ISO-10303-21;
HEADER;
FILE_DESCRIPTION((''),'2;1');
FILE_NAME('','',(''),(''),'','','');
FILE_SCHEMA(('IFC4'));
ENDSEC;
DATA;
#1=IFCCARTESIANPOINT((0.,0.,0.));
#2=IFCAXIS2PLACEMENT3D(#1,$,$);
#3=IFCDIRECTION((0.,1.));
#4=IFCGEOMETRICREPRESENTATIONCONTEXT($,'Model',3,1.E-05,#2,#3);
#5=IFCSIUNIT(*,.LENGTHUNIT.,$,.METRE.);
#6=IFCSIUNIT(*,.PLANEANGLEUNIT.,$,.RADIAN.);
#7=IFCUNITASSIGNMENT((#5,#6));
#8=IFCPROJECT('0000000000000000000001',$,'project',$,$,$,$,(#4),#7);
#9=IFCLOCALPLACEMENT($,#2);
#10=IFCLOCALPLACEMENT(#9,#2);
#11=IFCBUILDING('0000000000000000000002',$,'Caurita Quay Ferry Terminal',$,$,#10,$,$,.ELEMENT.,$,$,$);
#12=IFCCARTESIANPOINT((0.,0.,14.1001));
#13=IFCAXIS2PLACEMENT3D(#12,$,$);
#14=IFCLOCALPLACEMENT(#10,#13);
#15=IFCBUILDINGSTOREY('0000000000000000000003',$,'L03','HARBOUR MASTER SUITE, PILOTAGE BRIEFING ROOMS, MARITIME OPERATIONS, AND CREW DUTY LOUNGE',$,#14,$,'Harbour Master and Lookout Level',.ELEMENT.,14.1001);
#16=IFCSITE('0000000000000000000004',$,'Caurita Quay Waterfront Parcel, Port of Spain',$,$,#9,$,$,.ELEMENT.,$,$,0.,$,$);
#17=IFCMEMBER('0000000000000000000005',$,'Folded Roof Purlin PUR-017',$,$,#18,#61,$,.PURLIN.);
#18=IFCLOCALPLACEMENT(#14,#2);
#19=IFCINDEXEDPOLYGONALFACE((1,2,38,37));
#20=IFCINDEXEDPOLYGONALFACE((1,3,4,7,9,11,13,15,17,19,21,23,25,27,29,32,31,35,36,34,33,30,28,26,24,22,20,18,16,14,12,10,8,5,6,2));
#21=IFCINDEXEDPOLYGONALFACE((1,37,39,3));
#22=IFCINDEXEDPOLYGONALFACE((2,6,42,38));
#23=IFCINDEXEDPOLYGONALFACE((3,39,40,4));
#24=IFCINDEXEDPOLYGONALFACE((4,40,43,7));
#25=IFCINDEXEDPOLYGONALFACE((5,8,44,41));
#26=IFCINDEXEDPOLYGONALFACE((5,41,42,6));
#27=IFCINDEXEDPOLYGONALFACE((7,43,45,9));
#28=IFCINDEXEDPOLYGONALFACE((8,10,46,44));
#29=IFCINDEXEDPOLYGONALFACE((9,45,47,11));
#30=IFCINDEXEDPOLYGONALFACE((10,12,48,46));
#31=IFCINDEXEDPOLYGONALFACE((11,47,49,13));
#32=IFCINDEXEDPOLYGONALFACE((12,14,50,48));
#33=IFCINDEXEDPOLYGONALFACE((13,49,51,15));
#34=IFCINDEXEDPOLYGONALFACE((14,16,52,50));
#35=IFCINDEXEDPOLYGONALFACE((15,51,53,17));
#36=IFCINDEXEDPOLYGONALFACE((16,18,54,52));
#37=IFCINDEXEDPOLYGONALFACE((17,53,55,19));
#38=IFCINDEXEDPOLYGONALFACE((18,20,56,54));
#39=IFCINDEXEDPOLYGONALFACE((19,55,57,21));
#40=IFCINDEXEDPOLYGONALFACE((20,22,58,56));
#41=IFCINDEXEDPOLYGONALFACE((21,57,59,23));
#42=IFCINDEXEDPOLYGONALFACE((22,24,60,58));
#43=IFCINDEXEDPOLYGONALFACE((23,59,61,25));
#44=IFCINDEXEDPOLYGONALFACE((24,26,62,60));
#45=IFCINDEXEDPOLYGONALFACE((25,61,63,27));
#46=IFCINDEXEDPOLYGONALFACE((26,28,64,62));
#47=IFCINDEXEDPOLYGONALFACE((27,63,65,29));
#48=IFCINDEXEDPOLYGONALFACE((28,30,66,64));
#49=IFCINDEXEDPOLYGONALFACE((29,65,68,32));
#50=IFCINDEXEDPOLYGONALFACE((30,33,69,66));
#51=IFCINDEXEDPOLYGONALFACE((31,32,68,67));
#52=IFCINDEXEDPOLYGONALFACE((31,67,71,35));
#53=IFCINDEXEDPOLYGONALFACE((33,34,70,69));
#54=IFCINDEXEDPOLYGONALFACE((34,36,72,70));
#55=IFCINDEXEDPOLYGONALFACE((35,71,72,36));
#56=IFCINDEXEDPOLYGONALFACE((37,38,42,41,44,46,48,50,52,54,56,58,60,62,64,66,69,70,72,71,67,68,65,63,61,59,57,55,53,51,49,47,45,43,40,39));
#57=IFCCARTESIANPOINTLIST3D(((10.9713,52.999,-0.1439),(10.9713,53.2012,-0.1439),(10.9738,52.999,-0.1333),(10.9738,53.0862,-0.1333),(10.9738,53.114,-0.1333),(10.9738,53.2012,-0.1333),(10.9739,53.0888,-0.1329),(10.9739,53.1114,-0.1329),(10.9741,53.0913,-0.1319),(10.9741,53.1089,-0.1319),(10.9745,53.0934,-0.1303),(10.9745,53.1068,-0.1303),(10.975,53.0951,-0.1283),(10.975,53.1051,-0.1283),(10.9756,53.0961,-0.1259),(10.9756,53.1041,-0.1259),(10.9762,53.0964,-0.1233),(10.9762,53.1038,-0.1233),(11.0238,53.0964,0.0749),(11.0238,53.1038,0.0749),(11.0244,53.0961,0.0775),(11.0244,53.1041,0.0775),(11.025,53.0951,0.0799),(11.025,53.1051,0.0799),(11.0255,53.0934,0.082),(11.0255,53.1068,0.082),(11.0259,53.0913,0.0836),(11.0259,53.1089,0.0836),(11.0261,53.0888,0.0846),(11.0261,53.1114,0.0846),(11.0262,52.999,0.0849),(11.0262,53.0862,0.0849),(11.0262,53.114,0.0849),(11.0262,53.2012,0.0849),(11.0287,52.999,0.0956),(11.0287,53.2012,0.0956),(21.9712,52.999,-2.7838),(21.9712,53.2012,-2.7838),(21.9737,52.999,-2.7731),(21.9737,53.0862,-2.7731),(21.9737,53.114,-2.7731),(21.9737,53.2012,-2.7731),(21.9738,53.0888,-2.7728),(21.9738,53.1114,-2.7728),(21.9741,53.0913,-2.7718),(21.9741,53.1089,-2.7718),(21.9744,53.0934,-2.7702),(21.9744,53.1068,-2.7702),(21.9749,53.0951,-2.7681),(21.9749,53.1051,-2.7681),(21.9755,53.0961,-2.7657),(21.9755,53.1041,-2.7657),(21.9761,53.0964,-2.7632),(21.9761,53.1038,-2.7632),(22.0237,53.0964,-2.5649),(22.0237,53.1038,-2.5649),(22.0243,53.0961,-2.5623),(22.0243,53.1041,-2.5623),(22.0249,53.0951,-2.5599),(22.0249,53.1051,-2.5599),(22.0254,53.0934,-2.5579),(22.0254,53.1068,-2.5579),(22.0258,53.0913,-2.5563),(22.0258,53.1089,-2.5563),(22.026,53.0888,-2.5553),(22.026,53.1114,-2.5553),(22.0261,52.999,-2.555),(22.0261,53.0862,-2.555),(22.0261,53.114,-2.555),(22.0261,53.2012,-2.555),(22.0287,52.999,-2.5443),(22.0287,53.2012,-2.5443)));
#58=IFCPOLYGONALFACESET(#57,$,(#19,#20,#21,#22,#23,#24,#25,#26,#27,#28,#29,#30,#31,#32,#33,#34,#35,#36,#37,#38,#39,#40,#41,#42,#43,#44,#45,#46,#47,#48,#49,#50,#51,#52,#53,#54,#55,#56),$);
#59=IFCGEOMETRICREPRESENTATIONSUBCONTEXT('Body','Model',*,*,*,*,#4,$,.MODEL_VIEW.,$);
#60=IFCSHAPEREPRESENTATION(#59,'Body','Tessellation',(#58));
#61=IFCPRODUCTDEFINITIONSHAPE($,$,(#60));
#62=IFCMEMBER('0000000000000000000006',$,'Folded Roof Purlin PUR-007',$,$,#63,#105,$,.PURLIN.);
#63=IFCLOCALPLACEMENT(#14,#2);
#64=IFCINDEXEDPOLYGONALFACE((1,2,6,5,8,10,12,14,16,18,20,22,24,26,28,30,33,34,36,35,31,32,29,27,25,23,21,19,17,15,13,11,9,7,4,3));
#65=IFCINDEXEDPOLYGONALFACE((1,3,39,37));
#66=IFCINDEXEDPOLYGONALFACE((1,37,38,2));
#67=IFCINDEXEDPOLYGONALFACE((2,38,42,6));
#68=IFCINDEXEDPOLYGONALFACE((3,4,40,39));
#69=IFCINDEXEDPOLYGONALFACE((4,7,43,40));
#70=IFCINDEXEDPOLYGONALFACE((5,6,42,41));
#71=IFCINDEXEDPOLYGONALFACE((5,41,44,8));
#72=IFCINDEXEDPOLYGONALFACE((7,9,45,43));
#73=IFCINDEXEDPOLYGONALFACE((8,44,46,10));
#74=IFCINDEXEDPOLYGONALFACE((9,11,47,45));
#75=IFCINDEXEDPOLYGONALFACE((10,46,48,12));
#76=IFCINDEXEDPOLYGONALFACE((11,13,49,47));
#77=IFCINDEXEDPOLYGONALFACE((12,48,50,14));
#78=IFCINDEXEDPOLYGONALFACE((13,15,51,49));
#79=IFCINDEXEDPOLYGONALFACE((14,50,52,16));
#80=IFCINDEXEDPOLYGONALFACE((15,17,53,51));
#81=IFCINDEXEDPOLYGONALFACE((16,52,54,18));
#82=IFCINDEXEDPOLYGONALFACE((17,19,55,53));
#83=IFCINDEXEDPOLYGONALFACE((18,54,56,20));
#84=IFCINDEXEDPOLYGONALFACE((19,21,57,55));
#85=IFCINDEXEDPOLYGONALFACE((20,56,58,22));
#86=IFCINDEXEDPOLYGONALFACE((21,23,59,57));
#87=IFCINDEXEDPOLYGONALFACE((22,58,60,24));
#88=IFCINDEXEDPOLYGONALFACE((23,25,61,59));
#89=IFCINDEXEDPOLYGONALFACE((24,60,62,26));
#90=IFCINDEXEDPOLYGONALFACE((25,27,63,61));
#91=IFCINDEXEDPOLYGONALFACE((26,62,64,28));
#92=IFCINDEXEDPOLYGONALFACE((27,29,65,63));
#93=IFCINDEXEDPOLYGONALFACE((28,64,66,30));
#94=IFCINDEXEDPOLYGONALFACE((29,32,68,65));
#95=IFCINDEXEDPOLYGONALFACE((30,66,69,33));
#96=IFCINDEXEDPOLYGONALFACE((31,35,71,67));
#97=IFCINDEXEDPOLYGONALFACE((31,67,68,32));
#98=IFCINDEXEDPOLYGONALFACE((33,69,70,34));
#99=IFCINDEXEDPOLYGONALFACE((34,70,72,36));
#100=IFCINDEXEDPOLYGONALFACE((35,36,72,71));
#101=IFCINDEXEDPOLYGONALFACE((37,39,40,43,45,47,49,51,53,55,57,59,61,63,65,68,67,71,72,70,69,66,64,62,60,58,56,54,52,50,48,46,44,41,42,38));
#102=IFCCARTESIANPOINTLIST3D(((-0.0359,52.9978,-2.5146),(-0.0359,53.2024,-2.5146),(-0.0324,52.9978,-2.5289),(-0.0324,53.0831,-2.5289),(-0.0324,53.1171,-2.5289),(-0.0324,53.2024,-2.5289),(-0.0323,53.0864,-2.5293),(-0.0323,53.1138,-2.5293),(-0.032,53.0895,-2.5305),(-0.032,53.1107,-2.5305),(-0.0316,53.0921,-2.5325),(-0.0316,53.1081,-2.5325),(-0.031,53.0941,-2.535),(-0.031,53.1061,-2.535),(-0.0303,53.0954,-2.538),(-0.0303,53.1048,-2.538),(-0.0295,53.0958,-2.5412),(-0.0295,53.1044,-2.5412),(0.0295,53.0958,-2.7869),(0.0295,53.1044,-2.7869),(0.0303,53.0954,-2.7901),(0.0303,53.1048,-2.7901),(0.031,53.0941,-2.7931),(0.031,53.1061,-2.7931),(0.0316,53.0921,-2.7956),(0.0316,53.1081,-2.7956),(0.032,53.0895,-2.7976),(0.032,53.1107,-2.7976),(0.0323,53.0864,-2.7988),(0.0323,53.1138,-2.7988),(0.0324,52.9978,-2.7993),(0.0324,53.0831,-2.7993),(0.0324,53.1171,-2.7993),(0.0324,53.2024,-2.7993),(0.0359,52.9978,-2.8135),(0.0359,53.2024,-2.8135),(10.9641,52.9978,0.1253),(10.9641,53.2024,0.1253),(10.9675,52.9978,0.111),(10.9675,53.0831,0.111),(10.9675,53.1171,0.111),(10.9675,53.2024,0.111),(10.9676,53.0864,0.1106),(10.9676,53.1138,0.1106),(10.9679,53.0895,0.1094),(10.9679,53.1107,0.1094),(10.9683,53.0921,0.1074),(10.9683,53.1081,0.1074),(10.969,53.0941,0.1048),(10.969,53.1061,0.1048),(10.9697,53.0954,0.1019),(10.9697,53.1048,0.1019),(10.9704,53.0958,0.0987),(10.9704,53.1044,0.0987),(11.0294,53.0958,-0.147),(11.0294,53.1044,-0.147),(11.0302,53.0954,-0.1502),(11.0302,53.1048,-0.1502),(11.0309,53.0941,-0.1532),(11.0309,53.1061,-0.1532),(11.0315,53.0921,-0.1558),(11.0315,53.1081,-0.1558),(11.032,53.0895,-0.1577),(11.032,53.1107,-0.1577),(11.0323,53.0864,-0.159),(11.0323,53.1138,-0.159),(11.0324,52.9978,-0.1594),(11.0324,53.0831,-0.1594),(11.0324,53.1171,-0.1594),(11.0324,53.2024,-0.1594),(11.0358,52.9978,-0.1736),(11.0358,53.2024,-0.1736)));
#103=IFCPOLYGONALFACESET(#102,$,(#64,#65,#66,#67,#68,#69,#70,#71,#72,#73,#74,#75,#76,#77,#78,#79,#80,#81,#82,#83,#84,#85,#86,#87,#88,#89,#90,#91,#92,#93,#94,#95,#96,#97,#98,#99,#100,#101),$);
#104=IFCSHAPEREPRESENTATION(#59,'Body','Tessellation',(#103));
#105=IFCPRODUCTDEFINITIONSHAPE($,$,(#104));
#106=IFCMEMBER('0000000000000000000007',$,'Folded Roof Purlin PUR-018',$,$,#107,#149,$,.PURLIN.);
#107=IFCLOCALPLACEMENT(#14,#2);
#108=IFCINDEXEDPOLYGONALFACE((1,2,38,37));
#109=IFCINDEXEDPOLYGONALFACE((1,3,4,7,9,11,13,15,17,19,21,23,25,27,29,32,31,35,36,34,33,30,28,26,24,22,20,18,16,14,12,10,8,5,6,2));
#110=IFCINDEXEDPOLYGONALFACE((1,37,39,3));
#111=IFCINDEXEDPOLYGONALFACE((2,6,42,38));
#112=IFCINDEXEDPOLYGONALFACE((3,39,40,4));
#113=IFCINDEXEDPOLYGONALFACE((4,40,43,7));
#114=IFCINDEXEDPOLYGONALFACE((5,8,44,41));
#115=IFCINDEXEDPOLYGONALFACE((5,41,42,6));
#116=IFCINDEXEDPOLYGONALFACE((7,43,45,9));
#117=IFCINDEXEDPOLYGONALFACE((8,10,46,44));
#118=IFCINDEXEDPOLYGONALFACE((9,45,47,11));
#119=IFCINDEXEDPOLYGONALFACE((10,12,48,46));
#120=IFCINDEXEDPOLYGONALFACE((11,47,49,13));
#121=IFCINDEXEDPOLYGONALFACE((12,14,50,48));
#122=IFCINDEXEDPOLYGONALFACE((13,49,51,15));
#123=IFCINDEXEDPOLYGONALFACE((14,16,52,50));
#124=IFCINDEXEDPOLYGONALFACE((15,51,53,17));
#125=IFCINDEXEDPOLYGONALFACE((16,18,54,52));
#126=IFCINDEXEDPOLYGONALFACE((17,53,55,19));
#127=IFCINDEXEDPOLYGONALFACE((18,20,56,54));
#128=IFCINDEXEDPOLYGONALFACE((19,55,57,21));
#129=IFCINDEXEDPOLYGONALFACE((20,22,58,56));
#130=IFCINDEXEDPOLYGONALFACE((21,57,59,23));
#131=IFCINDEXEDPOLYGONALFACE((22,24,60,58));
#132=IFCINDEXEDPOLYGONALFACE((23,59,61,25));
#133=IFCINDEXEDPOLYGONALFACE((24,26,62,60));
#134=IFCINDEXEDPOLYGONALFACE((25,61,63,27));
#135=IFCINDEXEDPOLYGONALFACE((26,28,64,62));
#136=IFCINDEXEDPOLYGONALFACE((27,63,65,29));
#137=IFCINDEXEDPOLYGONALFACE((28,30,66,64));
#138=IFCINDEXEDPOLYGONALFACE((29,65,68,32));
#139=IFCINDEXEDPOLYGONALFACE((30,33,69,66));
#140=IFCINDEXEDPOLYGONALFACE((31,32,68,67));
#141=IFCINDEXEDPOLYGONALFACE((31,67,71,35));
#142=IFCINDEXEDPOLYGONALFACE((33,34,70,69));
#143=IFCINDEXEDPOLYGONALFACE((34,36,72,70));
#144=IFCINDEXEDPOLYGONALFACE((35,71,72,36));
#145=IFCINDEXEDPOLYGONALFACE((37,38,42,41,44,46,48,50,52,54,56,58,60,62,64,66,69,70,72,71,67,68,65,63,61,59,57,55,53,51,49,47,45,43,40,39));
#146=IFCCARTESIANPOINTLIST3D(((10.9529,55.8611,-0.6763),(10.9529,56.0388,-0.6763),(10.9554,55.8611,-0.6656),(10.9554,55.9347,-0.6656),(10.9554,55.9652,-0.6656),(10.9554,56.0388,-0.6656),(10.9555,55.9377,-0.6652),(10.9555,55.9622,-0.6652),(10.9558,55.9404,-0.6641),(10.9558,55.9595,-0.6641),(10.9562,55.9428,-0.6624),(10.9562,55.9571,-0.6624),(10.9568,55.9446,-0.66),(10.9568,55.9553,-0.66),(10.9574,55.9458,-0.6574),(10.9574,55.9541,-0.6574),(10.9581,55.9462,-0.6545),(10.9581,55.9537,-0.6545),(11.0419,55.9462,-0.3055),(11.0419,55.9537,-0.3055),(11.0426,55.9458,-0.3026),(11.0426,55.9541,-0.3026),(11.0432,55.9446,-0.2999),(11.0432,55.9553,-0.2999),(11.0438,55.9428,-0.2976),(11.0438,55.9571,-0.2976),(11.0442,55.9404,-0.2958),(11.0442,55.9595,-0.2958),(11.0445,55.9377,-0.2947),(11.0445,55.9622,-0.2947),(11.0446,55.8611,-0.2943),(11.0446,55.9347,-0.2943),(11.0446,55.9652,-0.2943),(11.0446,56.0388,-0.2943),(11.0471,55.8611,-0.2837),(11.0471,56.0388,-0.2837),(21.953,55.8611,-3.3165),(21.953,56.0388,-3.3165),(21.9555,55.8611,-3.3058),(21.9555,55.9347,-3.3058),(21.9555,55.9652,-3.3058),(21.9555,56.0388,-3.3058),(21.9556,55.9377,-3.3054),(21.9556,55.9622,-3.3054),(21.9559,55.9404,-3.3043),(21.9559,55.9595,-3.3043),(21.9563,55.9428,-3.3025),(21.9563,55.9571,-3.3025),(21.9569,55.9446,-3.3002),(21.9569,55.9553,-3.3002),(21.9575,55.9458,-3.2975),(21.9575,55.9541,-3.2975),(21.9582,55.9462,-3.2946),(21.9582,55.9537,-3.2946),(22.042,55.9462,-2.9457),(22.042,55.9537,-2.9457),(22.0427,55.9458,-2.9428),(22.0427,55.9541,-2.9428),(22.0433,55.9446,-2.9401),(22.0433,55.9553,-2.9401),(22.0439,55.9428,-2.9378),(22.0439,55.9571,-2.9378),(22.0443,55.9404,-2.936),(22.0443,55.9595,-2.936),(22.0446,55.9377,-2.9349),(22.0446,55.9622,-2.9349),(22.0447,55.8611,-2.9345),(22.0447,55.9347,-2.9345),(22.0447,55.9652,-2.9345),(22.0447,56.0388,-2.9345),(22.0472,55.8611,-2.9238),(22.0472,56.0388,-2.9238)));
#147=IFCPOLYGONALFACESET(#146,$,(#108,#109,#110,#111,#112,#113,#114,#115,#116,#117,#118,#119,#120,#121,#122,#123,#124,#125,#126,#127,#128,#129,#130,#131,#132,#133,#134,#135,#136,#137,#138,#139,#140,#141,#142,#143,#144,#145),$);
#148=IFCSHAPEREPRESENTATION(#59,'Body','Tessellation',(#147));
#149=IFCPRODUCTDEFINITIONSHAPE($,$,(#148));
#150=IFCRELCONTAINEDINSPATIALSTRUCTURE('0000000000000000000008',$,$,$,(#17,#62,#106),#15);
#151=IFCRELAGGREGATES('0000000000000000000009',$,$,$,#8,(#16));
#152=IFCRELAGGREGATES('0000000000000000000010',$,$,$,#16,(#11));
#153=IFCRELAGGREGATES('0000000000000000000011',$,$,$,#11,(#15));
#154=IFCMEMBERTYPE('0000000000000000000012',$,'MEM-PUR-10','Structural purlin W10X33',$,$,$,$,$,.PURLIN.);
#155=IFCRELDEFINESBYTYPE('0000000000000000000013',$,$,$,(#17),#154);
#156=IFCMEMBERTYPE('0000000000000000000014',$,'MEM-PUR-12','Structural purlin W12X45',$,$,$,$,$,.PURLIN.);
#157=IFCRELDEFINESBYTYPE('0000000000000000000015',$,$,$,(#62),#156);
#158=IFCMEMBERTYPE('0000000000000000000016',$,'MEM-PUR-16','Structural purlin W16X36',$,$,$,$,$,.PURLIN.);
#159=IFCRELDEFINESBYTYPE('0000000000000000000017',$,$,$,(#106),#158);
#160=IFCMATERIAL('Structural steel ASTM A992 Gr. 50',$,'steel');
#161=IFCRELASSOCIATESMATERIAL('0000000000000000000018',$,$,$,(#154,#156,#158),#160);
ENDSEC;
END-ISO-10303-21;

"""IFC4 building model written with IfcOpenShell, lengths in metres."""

from ifc_helpers import new_model, si_unit, direction, frame, origin, origin_2d, place, context, subcontext, project, spatial, i_section, extrude, material, material_profile, profile_set, type_object, element, save


model = new_model("IFC4")

# Units and contexts
model_context = context("Model", 3, precision=1e-05, world=origin(), true_north=direction((0.0, 1.0)))
body_context = subcontext(model_context, "Body", "Model", "MODEL_VIEW")
ifc_project = project(units=[si_unit("LENGTHUNIT", "METRE"), si_unit("PLANEANGLEUNIT", "RADIAN")], contexts=[model_context])

# Site, building, storey
site_placement = place(None, origin())
site = spatial("IfcSite", under=ifc_project, at=site_placement, Name="Caurita Quay Waterfront Parcel, Port of Spain", CompositionType="ELEMENT", RefElevation=0.0)
building_placement = place(site_placement, origin())
building = spatial("IfcBuilding", under=site, at=building_placement, Name="Caurita Quay Ferry Terminal", CompositionType="ELEMENT")
storey_placement = place(building_placement, frame((0.0, 0.0, 14.1001)))
storey = spatial("IfcBuildingStorey", under=building, at=storey_placement, Name="L03", Description="HARBOUR MASTER SUITE, PILOTAGE BRIEFING ROOMS, MARITIME OPERATIONS, AND CREW DUTY LOUNGE", LongName="Harbour Master and Lookout Level", CompositionType="ELEMENT", Elevation=14.1001)

# Shared definitions
ifc_material_1 = material(Name="Structural steel ASTM A992 Gr. 50", Category="steel")

# Members
ifc_material_profile_1 = material_profile(ifc_material_1, i_section(OverallWidth=0.2021, OverallDepth=0.2463, WebThickness=0.0073, FlangeThickness=0.011, FilletRadius=0.0103, at=origin_2d()), Name="W10X33")
ifc_profile_set_1 = profile_set([ifc_material_profile_1], Name="Structural steel ASTM A992 Gr. 50")
member_type_1 = type_object("IfcMemberType", Name="MEM-PUR-10", Description="Structural purlin W10X33", PredefinedType="PURLIN", material=ifc_profile_set_1)
member_1_placement = place(storey_placement, frame((11.0, 53.1001, -0.0242), z_axis=(0.972389, 0.0, -0.233364), x_axis=(0.0, 1.0, 0.0)))
element("IfcMember", 1, at=member_1_placement, inside=storey, type_object=member_type_1, Name="Folded Roof Purlin PUR-017", PredefinedType="PURLIN", context=body_context, shape_type="SweptSolid", body=[
    extrude(i_section(OverallWidth=0.2021, OverallDepth=0.2463, WebThickness=0.0073, FlangeThickness=0.011, FilletRadius=0.0103, at=origin_2d()), origin(), (0.0, 0.0, 1.0), 11.3123),
])
ifc_material_profile_2 = material_profile(ifc_material_1, i_section(OverallWidth=0.2046, OverallDepth=0.3074, WebThickness=0.0085, FlangeThickness=0.0146, FilletRadius=0.0127, at=origin_2d()), Name="W12X45")
ifc_profile_set_2 = profile_set([ifc_material_profile_2], Name="Structural steel ASTM A992 Gr. 50")
member_type_2 = type_object("IfcMemberType", Name="MEM-PUR-12", Description="Structural purlin W12X45", PredefinedType="PURLIN", material=ifc_profile_set_2)
member_2_placement = place(storey_placement, frame((0.0, 53.1001, -2.6641), z_axis=(0.972389, 0.0, 0.233364), x_axis=(0.0, 1.0, 0.0)))
element("IfcMember", 2, at=member_2_placement, inside=storey, type_object=member_type_2, Name="Folded Roof Purlin PUR-007", PredefinedType="PURLIN", context=body_context, shape_type="SweptSolid", body=[
    extrude(i_section(OverallWidth=0.2046, OverallDepth=0.3074, WebThickness=0.0085, FlangeThickness=0.0146, FilletRadius=0.0127, at=origin_2d()), origin(), (0.0, 0.0, 1.0), 11.3123),
])
ifc_material_profile_3 = material_profile(ifc_material_1, i_section(OverallWidth=0.1777, OverallDepth=0.4038, WebThickness=0.0076, FlangeThickness=0.011, FilletRadius=0.0115, at=origin_2d()), Name="W16X36")
ifc_profile_set_3 = profile_set([ifc_material_profile_3], Name="Structural steel ASTM A992 Gr. 50")
member_type_3 = type_object("IfcMemberType", Name="MEM-PUR-16", Description="Structural purlin W16X36", PredefinedType="PURLIN", material=ifc_profile_set_3)
member_3_placement = place(storey_placement, frame((11.0, 55.95, -0.48), z_axis=(0.972385, 0.0, -0.233384), x_axis=(0.0, 1.0, 0.0)))
element("IfcMember", 3, at=member_3_placement, inside=storey, type_object=member_type_3, Name="Folded Roof Purlin PUR-018", PredefinedType="PURLIN", context=body_context, shape_type="SweptSolid", body=[
    extrude(i_section(OverallWidth=0.1777, OverallDepth=0.4038, WebThickness=0.0076, FlangeThickness=0.011, FilletRadius=0.0115, at=origin_2d()), origin(), (0.0, 0.0, 1.0), 11.3125),
])

save(model, "model.ifc")
